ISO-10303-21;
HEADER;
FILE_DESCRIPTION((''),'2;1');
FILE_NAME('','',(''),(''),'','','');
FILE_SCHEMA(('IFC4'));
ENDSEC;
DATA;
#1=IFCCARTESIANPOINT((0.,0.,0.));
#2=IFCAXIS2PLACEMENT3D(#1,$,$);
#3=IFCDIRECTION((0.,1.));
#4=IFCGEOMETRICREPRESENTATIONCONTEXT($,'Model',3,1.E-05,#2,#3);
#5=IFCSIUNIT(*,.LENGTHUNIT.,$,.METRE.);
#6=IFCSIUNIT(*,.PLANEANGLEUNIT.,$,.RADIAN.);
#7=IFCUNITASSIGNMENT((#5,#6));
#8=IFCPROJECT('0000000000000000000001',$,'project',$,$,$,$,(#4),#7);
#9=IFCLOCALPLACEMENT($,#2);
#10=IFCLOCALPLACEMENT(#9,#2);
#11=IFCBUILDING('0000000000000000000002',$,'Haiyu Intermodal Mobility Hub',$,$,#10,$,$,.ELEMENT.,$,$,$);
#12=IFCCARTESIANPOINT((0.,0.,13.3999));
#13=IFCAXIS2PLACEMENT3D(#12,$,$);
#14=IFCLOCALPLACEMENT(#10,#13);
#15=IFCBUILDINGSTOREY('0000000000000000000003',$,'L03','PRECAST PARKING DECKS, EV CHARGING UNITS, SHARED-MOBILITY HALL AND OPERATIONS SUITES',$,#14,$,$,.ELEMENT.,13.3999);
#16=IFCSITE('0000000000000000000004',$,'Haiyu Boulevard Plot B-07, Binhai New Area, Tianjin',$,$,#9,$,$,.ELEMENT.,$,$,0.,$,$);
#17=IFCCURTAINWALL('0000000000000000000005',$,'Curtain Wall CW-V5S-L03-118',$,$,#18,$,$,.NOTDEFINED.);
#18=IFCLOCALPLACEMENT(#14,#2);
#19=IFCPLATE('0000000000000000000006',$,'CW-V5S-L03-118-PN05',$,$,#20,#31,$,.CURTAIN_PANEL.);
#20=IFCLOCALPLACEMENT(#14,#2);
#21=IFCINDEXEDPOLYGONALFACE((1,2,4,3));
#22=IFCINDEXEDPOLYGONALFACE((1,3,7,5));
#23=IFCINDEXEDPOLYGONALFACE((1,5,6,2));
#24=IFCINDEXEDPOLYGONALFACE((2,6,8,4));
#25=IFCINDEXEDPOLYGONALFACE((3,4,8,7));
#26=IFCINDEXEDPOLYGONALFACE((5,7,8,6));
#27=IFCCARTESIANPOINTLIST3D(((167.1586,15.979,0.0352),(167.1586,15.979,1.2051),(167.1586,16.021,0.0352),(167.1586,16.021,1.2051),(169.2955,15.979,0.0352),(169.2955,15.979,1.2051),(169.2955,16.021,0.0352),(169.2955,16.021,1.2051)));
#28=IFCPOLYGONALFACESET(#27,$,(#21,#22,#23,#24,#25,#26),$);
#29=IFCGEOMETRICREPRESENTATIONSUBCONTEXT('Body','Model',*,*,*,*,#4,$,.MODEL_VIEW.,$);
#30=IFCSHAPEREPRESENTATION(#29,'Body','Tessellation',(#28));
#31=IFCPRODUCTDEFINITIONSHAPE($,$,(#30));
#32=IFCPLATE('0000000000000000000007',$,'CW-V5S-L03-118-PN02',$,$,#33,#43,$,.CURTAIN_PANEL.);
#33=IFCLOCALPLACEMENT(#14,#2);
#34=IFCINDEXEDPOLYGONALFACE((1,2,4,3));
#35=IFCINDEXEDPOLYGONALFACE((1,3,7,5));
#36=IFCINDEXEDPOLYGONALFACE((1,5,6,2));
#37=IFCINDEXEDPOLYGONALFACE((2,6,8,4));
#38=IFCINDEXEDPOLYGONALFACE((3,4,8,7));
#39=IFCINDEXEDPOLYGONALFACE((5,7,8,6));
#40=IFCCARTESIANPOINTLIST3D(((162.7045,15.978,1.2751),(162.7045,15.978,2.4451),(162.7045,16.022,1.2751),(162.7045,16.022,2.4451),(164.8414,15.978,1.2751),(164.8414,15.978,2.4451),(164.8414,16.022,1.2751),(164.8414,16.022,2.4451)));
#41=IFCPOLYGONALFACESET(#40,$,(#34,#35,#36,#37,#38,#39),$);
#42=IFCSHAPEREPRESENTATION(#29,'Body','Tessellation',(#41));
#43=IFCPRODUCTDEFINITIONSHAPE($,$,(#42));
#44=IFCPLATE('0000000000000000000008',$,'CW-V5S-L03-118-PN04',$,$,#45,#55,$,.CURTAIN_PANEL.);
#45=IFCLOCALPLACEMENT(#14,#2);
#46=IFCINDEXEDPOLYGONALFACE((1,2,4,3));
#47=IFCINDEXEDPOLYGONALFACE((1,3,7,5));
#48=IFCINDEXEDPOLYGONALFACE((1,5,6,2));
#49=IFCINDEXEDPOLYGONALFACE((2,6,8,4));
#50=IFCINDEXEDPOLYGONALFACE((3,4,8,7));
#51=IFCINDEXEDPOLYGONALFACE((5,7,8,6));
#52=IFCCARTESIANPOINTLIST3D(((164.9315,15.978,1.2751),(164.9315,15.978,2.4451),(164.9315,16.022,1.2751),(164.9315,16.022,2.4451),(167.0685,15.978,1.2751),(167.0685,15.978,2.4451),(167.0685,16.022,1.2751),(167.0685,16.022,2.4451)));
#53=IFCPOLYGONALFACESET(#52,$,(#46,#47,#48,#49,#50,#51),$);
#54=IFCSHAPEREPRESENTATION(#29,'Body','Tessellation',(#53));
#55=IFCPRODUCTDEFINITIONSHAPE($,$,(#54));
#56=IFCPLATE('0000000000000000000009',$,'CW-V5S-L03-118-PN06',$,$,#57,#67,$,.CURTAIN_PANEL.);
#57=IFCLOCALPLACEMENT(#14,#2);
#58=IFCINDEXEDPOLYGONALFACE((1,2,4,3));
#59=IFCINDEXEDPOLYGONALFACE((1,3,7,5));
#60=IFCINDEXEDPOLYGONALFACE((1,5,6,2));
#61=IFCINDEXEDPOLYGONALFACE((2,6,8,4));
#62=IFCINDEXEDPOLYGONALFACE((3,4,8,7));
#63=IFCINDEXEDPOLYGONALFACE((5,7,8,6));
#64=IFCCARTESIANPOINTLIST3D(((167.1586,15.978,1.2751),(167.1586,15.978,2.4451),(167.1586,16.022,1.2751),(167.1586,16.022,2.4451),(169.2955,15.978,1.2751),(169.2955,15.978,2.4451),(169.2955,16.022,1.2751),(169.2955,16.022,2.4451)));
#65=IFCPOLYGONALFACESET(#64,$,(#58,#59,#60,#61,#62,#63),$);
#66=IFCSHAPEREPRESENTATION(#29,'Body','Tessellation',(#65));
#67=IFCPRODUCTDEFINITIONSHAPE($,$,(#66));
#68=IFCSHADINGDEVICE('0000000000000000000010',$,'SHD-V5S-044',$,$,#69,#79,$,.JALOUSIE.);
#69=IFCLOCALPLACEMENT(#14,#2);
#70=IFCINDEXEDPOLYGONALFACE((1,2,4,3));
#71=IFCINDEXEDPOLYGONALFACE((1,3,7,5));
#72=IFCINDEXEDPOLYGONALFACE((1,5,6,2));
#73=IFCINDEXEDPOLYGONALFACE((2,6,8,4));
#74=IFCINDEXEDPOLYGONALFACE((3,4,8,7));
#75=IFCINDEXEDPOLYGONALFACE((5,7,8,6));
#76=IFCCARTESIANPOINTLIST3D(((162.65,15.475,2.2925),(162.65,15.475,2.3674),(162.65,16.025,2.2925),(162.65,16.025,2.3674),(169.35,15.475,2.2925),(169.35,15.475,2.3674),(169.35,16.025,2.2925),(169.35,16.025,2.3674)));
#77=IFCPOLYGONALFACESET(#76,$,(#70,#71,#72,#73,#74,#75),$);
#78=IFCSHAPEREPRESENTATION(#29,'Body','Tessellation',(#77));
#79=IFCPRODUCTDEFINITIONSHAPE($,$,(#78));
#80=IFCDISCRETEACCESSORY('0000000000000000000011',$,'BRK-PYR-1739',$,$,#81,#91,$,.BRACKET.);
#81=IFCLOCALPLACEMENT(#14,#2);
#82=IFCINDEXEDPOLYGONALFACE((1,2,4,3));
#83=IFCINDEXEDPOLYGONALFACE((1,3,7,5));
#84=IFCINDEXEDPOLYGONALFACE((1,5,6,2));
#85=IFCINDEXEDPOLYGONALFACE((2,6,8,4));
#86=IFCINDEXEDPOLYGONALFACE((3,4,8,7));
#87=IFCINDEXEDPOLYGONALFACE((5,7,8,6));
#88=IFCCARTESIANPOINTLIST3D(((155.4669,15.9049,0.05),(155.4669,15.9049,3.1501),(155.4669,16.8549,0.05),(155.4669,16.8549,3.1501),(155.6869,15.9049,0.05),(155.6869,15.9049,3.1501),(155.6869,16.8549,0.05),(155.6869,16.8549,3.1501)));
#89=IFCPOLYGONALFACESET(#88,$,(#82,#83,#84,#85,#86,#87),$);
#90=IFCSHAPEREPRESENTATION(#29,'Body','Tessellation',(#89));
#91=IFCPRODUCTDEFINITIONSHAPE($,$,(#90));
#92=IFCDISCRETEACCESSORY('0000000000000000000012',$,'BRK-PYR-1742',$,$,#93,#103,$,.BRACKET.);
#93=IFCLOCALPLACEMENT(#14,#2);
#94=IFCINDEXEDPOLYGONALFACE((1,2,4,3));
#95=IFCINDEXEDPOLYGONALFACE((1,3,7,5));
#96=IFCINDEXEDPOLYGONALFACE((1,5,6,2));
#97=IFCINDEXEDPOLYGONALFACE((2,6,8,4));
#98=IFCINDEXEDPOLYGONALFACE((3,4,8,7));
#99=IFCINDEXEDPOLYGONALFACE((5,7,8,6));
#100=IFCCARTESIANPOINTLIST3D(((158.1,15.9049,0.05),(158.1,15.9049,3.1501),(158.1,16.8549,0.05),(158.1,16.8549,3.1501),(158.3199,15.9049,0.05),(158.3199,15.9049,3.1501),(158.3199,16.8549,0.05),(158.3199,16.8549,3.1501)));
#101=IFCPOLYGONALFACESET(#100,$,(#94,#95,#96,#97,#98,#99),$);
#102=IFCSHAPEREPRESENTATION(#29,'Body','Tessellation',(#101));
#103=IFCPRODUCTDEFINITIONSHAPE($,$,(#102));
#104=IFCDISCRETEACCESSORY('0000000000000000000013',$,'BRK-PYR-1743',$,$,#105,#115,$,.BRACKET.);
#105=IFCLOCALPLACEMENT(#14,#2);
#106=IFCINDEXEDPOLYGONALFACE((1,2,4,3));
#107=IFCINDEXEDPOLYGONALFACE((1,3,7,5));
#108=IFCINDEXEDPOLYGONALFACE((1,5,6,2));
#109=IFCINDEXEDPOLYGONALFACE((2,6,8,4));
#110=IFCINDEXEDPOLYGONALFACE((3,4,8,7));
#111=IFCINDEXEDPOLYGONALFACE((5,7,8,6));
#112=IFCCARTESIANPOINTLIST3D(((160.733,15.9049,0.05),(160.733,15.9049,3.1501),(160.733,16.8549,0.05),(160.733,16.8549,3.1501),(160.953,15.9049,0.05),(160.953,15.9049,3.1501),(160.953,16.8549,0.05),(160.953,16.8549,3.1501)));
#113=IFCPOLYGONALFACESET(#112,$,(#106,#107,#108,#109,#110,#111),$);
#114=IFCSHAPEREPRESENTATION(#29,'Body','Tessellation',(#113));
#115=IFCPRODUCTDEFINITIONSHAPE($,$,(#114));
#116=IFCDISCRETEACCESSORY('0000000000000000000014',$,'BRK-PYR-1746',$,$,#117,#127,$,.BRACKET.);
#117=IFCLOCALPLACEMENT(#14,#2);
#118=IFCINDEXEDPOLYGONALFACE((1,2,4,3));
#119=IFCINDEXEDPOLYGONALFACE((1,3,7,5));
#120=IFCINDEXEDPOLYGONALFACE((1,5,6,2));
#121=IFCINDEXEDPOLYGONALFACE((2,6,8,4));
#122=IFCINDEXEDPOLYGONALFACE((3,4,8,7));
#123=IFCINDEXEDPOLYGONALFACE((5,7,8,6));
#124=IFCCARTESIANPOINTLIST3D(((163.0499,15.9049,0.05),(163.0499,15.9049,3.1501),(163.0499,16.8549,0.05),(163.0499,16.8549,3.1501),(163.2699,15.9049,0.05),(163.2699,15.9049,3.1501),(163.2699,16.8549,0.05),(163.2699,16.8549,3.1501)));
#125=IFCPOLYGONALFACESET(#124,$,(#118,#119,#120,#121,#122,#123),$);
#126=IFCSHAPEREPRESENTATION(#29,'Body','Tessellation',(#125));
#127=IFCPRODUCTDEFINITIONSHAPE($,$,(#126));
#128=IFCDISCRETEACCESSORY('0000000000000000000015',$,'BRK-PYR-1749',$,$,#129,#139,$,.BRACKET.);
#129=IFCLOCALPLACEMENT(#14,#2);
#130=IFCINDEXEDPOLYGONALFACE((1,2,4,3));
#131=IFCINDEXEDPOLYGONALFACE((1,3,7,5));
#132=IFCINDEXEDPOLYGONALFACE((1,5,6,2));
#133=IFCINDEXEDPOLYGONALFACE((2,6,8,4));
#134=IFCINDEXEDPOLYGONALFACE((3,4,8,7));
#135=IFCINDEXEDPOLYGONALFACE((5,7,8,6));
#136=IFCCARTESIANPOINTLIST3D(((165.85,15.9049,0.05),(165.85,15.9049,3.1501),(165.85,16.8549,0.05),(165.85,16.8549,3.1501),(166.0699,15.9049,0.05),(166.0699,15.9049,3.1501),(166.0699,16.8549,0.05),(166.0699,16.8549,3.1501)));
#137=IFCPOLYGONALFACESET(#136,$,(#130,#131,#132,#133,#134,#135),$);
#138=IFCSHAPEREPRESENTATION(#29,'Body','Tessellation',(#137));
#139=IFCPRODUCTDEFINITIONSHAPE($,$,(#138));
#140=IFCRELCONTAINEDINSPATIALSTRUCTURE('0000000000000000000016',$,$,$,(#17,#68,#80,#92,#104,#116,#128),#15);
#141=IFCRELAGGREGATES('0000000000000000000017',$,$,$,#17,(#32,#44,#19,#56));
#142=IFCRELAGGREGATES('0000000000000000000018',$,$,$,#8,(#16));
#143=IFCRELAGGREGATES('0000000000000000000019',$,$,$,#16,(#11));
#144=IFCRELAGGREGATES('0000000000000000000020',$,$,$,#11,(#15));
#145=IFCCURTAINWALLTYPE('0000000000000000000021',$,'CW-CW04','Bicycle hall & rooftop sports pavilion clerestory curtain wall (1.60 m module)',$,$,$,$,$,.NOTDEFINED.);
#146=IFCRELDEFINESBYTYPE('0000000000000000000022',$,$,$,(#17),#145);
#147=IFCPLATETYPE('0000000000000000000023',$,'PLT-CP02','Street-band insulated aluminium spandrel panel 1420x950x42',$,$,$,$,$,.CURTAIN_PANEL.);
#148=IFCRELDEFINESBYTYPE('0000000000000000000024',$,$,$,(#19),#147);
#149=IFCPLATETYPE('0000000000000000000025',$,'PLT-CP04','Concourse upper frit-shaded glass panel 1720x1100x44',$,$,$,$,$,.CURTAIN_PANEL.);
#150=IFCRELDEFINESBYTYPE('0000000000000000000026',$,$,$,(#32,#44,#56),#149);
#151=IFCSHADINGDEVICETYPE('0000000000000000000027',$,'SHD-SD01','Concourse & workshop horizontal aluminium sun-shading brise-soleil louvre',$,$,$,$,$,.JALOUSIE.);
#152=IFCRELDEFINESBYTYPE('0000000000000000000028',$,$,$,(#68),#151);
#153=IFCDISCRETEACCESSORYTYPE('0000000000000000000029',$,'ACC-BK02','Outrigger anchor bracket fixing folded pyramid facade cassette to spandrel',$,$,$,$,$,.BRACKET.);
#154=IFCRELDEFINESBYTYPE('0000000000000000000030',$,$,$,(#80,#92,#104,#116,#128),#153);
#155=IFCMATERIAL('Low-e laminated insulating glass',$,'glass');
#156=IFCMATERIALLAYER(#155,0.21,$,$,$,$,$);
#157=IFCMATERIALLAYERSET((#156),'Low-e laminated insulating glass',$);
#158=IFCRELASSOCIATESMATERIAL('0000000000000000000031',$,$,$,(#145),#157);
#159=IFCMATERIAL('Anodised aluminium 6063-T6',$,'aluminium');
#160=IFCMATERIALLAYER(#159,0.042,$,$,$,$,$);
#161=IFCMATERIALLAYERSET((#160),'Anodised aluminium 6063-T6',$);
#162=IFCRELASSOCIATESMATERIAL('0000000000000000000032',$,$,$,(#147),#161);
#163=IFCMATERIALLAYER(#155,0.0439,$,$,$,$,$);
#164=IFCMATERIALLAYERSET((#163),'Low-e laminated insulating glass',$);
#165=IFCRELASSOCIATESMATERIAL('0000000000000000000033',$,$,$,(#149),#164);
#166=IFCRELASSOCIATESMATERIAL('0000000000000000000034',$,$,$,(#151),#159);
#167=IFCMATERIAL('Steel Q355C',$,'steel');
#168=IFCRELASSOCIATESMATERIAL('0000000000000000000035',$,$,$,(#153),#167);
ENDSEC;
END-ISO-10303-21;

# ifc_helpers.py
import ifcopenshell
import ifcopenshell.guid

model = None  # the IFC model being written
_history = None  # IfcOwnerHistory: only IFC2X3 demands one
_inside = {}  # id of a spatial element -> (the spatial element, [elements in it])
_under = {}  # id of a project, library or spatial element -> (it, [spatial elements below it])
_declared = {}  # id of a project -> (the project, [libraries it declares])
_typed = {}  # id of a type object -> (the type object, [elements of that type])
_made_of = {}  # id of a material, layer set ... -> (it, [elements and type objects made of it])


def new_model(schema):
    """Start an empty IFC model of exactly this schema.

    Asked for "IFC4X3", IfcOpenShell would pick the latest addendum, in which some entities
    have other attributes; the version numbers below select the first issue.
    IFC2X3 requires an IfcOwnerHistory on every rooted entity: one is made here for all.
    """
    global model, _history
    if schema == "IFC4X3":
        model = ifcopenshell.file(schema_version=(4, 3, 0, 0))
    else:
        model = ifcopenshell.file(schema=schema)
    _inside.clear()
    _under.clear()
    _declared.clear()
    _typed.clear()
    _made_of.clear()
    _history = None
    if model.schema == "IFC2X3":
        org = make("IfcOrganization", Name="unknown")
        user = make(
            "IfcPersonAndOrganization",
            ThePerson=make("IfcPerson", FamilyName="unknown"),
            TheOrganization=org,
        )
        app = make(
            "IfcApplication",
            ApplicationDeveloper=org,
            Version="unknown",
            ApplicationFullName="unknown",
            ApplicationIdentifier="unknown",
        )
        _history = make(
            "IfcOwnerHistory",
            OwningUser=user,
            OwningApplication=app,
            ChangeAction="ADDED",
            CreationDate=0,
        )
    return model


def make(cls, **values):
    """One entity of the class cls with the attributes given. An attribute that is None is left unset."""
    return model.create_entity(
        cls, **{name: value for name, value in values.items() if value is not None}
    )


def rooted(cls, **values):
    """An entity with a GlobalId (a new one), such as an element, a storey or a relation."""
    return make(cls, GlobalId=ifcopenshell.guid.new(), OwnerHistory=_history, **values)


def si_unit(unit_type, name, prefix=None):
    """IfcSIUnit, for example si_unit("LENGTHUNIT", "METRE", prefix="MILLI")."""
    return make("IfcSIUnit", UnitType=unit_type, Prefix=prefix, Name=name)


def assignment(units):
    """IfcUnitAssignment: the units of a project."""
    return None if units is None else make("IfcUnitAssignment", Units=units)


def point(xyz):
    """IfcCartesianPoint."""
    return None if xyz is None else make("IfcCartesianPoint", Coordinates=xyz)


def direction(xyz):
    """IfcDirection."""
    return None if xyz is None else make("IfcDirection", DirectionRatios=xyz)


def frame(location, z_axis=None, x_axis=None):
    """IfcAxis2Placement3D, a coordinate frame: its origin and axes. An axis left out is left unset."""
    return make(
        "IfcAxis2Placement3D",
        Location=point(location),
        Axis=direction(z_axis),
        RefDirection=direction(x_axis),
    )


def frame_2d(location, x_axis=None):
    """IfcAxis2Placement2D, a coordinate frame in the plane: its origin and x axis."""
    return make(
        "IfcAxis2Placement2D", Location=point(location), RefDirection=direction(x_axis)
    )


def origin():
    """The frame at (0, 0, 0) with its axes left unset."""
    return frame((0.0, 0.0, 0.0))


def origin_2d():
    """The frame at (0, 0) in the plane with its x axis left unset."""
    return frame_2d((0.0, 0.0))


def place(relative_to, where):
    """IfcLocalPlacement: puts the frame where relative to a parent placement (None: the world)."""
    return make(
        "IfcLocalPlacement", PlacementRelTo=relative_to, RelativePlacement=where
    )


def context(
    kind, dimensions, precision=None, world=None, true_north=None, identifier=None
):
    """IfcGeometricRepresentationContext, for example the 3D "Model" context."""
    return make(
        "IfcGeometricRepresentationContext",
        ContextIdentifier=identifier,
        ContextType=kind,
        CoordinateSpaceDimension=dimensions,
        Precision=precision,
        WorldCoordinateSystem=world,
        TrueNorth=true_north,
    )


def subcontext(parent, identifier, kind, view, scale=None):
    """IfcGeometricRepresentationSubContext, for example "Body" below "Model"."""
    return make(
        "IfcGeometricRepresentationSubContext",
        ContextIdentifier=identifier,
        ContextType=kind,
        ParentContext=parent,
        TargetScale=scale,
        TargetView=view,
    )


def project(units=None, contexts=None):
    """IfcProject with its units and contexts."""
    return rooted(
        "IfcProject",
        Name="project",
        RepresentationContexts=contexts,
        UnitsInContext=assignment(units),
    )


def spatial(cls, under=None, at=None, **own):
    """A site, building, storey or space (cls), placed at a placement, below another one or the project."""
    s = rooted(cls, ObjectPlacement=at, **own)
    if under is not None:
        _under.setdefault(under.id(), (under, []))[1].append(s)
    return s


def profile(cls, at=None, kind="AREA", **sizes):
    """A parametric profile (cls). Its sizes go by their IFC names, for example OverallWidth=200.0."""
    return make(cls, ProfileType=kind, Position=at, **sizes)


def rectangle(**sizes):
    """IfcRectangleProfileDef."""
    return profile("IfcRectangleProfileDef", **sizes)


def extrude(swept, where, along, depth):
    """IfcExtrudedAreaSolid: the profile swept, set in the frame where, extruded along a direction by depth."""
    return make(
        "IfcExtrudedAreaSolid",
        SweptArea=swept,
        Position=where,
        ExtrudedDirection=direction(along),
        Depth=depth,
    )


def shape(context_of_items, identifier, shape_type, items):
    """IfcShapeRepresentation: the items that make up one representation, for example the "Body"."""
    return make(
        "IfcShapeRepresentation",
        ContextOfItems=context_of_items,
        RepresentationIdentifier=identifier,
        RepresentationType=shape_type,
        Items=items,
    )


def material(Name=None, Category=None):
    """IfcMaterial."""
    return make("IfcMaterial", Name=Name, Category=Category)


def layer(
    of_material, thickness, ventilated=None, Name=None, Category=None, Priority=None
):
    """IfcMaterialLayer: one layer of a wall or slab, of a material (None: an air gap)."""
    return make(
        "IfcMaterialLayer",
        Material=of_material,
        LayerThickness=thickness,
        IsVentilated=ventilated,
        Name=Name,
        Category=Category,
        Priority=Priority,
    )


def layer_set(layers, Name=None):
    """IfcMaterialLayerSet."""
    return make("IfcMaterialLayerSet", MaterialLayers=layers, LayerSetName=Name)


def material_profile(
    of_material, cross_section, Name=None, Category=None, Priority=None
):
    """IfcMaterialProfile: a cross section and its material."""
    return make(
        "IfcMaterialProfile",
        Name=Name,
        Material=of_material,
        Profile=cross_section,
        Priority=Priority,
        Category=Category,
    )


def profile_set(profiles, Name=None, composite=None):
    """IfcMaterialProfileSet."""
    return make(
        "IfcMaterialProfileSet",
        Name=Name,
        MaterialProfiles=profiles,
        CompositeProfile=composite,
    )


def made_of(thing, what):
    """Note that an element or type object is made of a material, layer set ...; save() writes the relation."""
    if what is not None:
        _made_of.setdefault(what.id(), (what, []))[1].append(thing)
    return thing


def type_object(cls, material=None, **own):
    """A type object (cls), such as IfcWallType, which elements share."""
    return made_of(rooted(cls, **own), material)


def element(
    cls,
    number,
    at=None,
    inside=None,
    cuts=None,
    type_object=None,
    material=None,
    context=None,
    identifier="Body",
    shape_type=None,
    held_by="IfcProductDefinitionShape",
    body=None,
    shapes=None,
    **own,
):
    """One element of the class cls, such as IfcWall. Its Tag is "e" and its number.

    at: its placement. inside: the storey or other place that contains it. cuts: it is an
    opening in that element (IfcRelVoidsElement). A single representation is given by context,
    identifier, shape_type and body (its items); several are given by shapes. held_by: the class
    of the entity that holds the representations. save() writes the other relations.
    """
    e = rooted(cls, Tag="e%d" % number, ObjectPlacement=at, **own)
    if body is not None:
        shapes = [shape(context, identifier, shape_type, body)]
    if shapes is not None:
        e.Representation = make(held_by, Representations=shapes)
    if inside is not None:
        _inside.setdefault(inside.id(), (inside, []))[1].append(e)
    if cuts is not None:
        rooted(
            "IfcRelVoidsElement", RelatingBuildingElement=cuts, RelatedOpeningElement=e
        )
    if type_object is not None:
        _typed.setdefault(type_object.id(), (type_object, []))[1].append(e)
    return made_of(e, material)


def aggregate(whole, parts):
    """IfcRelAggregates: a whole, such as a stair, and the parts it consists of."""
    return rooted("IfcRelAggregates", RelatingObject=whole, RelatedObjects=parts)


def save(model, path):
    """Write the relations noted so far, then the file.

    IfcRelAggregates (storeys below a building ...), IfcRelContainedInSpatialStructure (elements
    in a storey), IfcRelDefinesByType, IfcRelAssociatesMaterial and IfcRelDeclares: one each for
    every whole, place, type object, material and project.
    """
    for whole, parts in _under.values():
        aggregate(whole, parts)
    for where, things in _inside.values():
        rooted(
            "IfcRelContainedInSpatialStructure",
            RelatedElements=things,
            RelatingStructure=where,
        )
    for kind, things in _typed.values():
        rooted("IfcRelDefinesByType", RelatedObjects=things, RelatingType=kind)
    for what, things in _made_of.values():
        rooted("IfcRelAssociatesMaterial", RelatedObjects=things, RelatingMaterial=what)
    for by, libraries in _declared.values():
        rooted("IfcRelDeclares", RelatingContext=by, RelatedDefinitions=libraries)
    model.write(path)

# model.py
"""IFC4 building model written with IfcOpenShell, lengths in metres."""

from ifc_helpers import new_model, si_unit, direction, frame, origin, origin_2d, place, context, subcontext, project, spatial, rectangle, extrude, material, layer, layer_set, material_profile, profile_set, type_object, element, aggregate, save


model = new_model("IFC4")

# Units and contexts
model_context = context("Model", 3, precision=1e-05, world=origin(), true_north=direction((0.0, 1.0)))
body_context = subcontext(model_context, "Body", "Model", "MODEL_VIEW")
ifc_project = project(units=[si_unit("LENGTHUNIT", "METRE"), si_unit("PLANEANGLEUNIT", "RADIAN")], contexts=[model_context])

# Site, building, storey
site_placement = place(None, origin())
site = spatial("IfcSite", under=ifc_project, at=site_placement, Name="Haiyu Boulevard Plot B-07, Binhai New Area, Tianjin", CompositionType="ELEMENT", RefElevation=0.0)
building_placement = place(site_placement, origin())
building = spatial("IfcBuilding", under=site, at=building_placement, Name="Haiyu Intermodal Mobility Hub", CompositionType="ELEMENT")
storey_placement = place(building_placement, frame((0.0, 0.0, 13.3999)))
storey = spatial("IfcBuildingStorey", under=building, at=storey_placement, Name="L03", Description="PRECAST PARKING DECKS, EV CHARGING UNITS, SHARED-MOBILITY HALL AND OPERATIONS SUITES", CompositionType="ELEMENT", Elevation=13.3999)

# Curtain wall, plates
ifc_material_1 = material(Name="Low-e laminated insulating glass", Category="glass")
ifc_layer_1 = layer(ifc_material_1, 0.21)
ifc_layer_set_1 = layer_set([ifc_layer_1], Name="Low-e laminated insulating glass")
curtain_wall_type = type_object("IfcCurtainWallType", Name="CW-CW04", Description="Bicycle hall & rooftop sports pavilion clerestory curtain wall (1.60 m module)", PredefinedType="NOTDEFINED", material=ifc_layer_set_1)
curtain_wall_placement = place(storey_placement, origin())
curtain_wall = element("IfcCurtainWall", 1, at=curtain_wall_placement, inside=storey, type_object=curtain_wall_type, Name="Curtain Wall CW-V5S-L03-118", PredefinedType="NOTDEFINED")
ifc_material_2 = material(Name="Anodised aluminium 6063-T6", Category="aluminium")
ifc_layer_2 = layer(ifc_material_2, 0.042)
ifc_layer_set_2 = layer_set([ifc_layer_2], Name="Anodised aluminium 6063-T6")
plate_type_1 = type_object("IfcPlateType", Name="PLT-CP02", Description="Street-band insulated aluminium spandrel panel 1420x950x42", PredefinedType="CURTAIN_PANEL", material=ifc_layer_set_2)
plate_1_placement = place(storey_placement, frame((168.2271, 16.0, 0.0352), z_axis=(0.0, 0.0, 1.0), x_axis=(1.0, 0.0, 0.0)))
plate_1 = element("IfcPlate", 2, at=plate_1_placement, type_object=plate_type_1, Name="CW-V5S-L03-118-PN05", PredefinedType="CURTAIN_PANEL", context=body_context, shape_type="SweptSolid", body=[
    extrude(rectangle(XDim=2.137, YDim=0.042, at=origin_2d()), origin(), (0.0, 0.0, 1.0), 1.1699),
])
ifc_layer_3 = layer(ifc_material_1, 0.0439)
ifc_layer_set_3 = layer_set([ifc_layer_3], Name="Low-e laminated insulating glass")
plate_type_2 = type_object("IfcPlateType", Name="PLT-CP04", Description="Concourse upper frit-shaded glass panel 1720x1100x44", PredefinedType="CURTAIN_PANEL", material=ifc_layer_set_3)
plate_2_placement = place(storey_placement, frame((163.7729, 16.0, 1.2751), z_axis=(0.0, 0.0, 1.0), x_axis=(1.0, 0.0, 0.0)))
plate_2 = element("IfcPlate", 3, at=plate_2_placement, type_object=plate_type_2, Name="CW-V5S-L03-118-PN02", PredefinedType="CURTAIN_PANEL", context=body_context, shape_type="SweptSolid", body=[
    extrude(rectangle(XDim=2.137, YDim=0.0439, at=origin_2d()), origin(), (0.0, 0.0, 1.0), 1.1699),
])
plate_3_placement = place(storey_placement, frame((166.0, 16.0, 1.2751), z_axis=(0.0, 0.0, 1.0), x_axis=(1.0, 0.0, 0.0)))
plate_3 = element("IfcPlate", 4, at=plate_3_placement, type_object=plate_type_2, Name="CW-V5S-L03-118-PN04", PredefinedType="CURTAIN_PANEL", context=body_context, shape_type="SweptSolid", body=[
    extrude(rectangle(XDim=2.137, YDim=0.0439, at=origin_2d()), origin(), (0.0, 0.0, 1.0), 1.1699),
])
plate_4_placement = place(storey_placement, frame((168.2271, 16.0, 1.2751), z_axis=(0.0, 0.0, 1.0), x_axis=(1.0, 0.0, 0.0)))
plate_4 = element("IfcPlate", 5, at=plate_4_placement, type_object=plate_type_2, Name="CW-V5S-L03-118-PN06", PredefinedType="CURTAIN_PANEL", context=body_context, shape_type="SweptSolid", body=[
    extrude(rectangle(XDim=2.137, YDim=0.0439, at=origin_2d()), origin(), (0.0, 0.0, 1.0), 1.1699),
])
aggregate(curtain_wall, [plate_2, plate_3, plate_1, plate_4])

# Shading device
ifc_material_profile_1 = material_profile(ifc_material_2, rectangle(XDim=0.0801, YDim=0.45, at=origin_2d()), Name="FIN80x450")
ifc_profile_set_1 = profile_set([ifc_material_profile_1], Name="Anodised aluminium 6063-T6")
shading_device_type = type_object("IfcShadingDeviceType", Name="SHD-SD01", Description="Concourse & workshop horizontal aluminium sun-shading brise-soleil louvre", PredefinedType="JALOUSIE", material=ifc_profile_set_1)
shading_device_placement = place(storey_placement, frame((166.0, 15.75, 2.2925), z_axis=(0.0, 0.0, 1.0), x_axis=(1.0, 0.0, 0.0)))
element("IfcShadingDevice", 6, at=shading_device_placement, inside=storey, type_object=shading_device_type, Name="SHD-V5S-044", PredefinedType="JALOUSIE", context=body_context, shape_type="SweptSolid", body=[
    extrude(rectangle(XDim=6.7, YDim=0.55, at=origin_2d()), origin(), (0.0, 0.0, 1.0), 0.075),
])

# Discrete accessories
ifc_material_3 = material(Name="Steel Q355C", Category="steel")
discrete_accessory_type = type_object("IfcDiscreteAccessoryType", Name="ACC-BK02", Description="Outrigger anchor bracket fixing folded pyramid facade cassette to spandrel", PredefinedType="BRACKET", material=ifc_material_3)
for number, where, z_axis, x_axis, name in (
    (7, (155.5769, 16.3799, 0.05), (0.0, 0.0, 1.0), (1.0, 0.0, 0.0), "BRK-PYR-1739"),
    (8, (158.21, 16.3799, 0.05), (0.0, 0.0, 1.0), (1.0, 0.0, 0.0), "BRK-PYR-1742"),
    (9, (160.843, 16.3799, 0.05), (0.0, 0.0, 1.0), (1.0, 0.0, 0.0), "BRK-PYR-1743"),
    (10, (163.1599, 16.3799, 0.05), (0.0, 0.0, 1.0), (1.0, 0.0, 0.0), "BRK-PYR-1746"),
    (11, (165.96, 16.3799, 0.05), (0.0, 0.0, 1.0), (1.0, 0.0, 0.0), "BRK-PYR-1749"),
):
    element("IfcDiscreteAccessory", number, at=place(storey_placement, frame(where, z_axis=z_axis, x_axis=x_axis)), inside=storey, type_object=discrete_accessory_type, Name=name, PredefinedType="BRACKET", context=body_context, shape_type="SweptSolid", body=[
        extrude(rectangle(XDim=0.22, YDim=0.95, at=origin_2d()), origin(), (0.0, 0.0, 1.0), 3.1001),
    ])

save(model, "model.ifc")
